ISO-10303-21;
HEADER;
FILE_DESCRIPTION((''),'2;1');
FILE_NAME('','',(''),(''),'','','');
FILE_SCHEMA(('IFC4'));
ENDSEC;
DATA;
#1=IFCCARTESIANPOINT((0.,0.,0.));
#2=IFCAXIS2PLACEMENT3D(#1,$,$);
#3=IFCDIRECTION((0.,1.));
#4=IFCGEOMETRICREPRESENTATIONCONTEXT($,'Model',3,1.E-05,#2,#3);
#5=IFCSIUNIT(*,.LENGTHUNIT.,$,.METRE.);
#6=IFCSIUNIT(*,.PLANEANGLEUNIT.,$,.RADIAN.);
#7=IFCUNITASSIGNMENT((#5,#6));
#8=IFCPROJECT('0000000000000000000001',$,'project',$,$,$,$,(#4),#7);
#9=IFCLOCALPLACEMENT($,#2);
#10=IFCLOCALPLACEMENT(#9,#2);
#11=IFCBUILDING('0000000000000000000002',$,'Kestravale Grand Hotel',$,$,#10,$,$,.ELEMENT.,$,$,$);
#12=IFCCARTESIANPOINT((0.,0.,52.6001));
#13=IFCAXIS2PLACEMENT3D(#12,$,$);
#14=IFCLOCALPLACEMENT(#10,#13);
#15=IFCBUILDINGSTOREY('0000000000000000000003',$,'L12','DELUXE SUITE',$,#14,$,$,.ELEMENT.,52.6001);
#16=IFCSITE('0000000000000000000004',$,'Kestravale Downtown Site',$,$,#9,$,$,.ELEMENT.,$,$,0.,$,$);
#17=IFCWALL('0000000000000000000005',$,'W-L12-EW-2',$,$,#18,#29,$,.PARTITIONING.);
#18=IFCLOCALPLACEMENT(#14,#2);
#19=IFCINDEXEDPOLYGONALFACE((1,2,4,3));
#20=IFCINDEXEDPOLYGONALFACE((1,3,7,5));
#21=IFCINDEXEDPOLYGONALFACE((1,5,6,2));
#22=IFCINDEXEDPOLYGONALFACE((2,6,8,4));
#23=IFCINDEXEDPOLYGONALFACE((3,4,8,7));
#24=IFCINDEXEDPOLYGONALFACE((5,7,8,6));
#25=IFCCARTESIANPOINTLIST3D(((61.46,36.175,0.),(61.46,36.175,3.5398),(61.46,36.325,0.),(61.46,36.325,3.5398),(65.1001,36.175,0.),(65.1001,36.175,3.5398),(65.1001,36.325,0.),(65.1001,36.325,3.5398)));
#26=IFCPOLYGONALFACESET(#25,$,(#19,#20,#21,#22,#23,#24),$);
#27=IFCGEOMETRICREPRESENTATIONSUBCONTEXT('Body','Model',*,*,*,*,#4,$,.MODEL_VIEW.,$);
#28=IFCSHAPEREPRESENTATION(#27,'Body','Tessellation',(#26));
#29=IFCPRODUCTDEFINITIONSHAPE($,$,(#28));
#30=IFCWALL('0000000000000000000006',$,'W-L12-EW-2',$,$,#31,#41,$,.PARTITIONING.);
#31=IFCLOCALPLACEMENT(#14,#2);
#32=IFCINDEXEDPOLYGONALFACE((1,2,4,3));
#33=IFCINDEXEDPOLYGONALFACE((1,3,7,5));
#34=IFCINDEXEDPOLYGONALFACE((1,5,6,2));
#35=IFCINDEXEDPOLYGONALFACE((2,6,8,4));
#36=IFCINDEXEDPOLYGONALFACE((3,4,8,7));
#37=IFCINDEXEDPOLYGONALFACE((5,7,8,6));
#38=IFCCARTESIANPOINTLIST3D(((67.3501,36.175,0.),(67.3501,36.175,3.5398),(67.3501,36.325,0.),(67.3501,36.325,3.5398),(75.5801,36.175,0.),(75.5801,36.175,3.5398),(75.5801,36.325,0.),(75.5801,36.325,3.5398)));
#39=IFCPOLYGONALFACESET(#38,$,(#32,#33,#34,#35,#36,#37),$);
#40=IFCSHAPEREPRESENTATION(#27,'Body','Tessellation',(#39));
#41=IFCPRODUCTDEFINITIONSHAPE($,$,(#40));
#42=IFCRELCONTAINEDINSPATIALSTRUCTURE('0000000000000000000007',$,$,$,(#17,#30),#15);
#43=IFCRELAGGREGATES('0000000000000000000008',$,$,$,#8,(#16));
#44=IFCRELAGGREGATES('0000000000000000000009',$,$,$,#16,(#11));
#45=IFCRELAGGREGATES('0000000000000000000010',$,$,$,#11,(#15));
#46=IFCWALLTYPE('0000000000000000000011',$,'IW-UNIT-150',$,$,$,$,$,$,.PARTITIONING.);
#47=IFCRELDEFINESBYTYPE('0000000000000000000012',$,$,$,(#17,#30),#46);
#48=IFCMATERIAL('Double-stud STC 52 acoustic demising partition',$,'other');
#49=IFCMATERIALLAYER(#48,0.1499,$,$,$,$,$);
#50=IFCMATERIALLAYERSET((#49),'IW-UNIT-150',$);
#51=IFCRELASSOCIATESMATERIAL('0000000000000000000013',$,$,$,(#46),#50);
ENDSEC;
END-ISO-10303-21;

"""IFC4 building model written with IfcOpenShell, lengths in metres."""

from ifc_helpers import new_model, si_unit, direction, frame, frame_2d, origin, place, context, subcontext, project, spatial, rectangle, extrude, material, layer, layer_set, type_object, element, save


model = new_model("IFC4")

# Units and contexts
model_context = context("Model", 3, precision=1e-05, world=origin(), true_north=direction((0.0, 1.0)))
body_context = subcontext(model_context, "Body", "Model", "MODEL_VIEW")
ifc_project = project(units=[si_unit("LENGTHUNIT", "METRE"), si_unit("PLANEANGLEUNIT", "RADIAN")], contexts=[model_context])

# Site, building, storey
site_placement = place(None, origin())
site = spatial("IfcSite", under=ifc_project, at=site_placement, Name="Kestravale Downtown Site", CompositionType="ELEMENT", RefElevation=0.0)
building_placement = place(site_placement, origin())
building = spatial("IfcBuilding", under=site, at=building_placement, Name="Kestravale Grand Hotel", CompositionType="ELEMENT")
storey_placement = place(building_placement, frame((0.0, 0.0, 52.6001)))
storey = spatial("IfcBuildingStorey", under=building, at=storey_placement, Name="L12", Description="DELUXE SUITE", CompositionType="ELEMENT", Elevation=52.6001)

# Walls
ifc_material_1 = material(Name="Double-stud STC 52 acoustic demising partition", Category="other")
ifc_layer_1 = layer(ifc_material_1, 0.1499)
ifc_layer_set_1 = layer_set([ifc_layer_1], Name="IW-UNIT-150")
wall_type_1 = type_object("IfcWallType", Name="IW-UNIT-150", PredefinedType="PARTITIONING", material=ifc_layer_set_1)
wall_1_placement = place(storey_placement, frame((61.46, 36.25, 0.0), z_axis=(0.0, 0.0, 1.0), x_axis=(1.0, 0.0, 0.0)))
element("IfcWall", 1, at=wall_1_placement, inside=storey, type_object=wall_type_1, Name="W-L12-EW-2", PredefinedType="PARTITIONING", context=body_context, shape_type="SweptSolid", body=[
    extrude(rectangle(XDim=3.6401, YDim=0.1499, at=frame_2d((1.8201, 0.0))), origin(), (0.0, 0.0, 1.0), 3.5398),
])
wall_2_placement = place(storey_placement, frame((67.3501, 36.25, 0.0), z_axis=(0.0, 0.0, 1.0), x_axis=(1.0, 0.0, 0.0)))
element("IfcWall", 2, at=wall_2_placement, inside=storey, type_object=wall_type_1, Name="W-L12-EW-2", PredefinedType="PARTITIONING", context=body_context, shape_type="SweptSolid", body=[
    extrude(rectangle(XDim=8.23, YDim=0.1499, at=frame_2d((4.115, 0.0))), origin(), (0.0, 0.0, 1.0), 3.5398),
])

save(model, "model.ifc")
